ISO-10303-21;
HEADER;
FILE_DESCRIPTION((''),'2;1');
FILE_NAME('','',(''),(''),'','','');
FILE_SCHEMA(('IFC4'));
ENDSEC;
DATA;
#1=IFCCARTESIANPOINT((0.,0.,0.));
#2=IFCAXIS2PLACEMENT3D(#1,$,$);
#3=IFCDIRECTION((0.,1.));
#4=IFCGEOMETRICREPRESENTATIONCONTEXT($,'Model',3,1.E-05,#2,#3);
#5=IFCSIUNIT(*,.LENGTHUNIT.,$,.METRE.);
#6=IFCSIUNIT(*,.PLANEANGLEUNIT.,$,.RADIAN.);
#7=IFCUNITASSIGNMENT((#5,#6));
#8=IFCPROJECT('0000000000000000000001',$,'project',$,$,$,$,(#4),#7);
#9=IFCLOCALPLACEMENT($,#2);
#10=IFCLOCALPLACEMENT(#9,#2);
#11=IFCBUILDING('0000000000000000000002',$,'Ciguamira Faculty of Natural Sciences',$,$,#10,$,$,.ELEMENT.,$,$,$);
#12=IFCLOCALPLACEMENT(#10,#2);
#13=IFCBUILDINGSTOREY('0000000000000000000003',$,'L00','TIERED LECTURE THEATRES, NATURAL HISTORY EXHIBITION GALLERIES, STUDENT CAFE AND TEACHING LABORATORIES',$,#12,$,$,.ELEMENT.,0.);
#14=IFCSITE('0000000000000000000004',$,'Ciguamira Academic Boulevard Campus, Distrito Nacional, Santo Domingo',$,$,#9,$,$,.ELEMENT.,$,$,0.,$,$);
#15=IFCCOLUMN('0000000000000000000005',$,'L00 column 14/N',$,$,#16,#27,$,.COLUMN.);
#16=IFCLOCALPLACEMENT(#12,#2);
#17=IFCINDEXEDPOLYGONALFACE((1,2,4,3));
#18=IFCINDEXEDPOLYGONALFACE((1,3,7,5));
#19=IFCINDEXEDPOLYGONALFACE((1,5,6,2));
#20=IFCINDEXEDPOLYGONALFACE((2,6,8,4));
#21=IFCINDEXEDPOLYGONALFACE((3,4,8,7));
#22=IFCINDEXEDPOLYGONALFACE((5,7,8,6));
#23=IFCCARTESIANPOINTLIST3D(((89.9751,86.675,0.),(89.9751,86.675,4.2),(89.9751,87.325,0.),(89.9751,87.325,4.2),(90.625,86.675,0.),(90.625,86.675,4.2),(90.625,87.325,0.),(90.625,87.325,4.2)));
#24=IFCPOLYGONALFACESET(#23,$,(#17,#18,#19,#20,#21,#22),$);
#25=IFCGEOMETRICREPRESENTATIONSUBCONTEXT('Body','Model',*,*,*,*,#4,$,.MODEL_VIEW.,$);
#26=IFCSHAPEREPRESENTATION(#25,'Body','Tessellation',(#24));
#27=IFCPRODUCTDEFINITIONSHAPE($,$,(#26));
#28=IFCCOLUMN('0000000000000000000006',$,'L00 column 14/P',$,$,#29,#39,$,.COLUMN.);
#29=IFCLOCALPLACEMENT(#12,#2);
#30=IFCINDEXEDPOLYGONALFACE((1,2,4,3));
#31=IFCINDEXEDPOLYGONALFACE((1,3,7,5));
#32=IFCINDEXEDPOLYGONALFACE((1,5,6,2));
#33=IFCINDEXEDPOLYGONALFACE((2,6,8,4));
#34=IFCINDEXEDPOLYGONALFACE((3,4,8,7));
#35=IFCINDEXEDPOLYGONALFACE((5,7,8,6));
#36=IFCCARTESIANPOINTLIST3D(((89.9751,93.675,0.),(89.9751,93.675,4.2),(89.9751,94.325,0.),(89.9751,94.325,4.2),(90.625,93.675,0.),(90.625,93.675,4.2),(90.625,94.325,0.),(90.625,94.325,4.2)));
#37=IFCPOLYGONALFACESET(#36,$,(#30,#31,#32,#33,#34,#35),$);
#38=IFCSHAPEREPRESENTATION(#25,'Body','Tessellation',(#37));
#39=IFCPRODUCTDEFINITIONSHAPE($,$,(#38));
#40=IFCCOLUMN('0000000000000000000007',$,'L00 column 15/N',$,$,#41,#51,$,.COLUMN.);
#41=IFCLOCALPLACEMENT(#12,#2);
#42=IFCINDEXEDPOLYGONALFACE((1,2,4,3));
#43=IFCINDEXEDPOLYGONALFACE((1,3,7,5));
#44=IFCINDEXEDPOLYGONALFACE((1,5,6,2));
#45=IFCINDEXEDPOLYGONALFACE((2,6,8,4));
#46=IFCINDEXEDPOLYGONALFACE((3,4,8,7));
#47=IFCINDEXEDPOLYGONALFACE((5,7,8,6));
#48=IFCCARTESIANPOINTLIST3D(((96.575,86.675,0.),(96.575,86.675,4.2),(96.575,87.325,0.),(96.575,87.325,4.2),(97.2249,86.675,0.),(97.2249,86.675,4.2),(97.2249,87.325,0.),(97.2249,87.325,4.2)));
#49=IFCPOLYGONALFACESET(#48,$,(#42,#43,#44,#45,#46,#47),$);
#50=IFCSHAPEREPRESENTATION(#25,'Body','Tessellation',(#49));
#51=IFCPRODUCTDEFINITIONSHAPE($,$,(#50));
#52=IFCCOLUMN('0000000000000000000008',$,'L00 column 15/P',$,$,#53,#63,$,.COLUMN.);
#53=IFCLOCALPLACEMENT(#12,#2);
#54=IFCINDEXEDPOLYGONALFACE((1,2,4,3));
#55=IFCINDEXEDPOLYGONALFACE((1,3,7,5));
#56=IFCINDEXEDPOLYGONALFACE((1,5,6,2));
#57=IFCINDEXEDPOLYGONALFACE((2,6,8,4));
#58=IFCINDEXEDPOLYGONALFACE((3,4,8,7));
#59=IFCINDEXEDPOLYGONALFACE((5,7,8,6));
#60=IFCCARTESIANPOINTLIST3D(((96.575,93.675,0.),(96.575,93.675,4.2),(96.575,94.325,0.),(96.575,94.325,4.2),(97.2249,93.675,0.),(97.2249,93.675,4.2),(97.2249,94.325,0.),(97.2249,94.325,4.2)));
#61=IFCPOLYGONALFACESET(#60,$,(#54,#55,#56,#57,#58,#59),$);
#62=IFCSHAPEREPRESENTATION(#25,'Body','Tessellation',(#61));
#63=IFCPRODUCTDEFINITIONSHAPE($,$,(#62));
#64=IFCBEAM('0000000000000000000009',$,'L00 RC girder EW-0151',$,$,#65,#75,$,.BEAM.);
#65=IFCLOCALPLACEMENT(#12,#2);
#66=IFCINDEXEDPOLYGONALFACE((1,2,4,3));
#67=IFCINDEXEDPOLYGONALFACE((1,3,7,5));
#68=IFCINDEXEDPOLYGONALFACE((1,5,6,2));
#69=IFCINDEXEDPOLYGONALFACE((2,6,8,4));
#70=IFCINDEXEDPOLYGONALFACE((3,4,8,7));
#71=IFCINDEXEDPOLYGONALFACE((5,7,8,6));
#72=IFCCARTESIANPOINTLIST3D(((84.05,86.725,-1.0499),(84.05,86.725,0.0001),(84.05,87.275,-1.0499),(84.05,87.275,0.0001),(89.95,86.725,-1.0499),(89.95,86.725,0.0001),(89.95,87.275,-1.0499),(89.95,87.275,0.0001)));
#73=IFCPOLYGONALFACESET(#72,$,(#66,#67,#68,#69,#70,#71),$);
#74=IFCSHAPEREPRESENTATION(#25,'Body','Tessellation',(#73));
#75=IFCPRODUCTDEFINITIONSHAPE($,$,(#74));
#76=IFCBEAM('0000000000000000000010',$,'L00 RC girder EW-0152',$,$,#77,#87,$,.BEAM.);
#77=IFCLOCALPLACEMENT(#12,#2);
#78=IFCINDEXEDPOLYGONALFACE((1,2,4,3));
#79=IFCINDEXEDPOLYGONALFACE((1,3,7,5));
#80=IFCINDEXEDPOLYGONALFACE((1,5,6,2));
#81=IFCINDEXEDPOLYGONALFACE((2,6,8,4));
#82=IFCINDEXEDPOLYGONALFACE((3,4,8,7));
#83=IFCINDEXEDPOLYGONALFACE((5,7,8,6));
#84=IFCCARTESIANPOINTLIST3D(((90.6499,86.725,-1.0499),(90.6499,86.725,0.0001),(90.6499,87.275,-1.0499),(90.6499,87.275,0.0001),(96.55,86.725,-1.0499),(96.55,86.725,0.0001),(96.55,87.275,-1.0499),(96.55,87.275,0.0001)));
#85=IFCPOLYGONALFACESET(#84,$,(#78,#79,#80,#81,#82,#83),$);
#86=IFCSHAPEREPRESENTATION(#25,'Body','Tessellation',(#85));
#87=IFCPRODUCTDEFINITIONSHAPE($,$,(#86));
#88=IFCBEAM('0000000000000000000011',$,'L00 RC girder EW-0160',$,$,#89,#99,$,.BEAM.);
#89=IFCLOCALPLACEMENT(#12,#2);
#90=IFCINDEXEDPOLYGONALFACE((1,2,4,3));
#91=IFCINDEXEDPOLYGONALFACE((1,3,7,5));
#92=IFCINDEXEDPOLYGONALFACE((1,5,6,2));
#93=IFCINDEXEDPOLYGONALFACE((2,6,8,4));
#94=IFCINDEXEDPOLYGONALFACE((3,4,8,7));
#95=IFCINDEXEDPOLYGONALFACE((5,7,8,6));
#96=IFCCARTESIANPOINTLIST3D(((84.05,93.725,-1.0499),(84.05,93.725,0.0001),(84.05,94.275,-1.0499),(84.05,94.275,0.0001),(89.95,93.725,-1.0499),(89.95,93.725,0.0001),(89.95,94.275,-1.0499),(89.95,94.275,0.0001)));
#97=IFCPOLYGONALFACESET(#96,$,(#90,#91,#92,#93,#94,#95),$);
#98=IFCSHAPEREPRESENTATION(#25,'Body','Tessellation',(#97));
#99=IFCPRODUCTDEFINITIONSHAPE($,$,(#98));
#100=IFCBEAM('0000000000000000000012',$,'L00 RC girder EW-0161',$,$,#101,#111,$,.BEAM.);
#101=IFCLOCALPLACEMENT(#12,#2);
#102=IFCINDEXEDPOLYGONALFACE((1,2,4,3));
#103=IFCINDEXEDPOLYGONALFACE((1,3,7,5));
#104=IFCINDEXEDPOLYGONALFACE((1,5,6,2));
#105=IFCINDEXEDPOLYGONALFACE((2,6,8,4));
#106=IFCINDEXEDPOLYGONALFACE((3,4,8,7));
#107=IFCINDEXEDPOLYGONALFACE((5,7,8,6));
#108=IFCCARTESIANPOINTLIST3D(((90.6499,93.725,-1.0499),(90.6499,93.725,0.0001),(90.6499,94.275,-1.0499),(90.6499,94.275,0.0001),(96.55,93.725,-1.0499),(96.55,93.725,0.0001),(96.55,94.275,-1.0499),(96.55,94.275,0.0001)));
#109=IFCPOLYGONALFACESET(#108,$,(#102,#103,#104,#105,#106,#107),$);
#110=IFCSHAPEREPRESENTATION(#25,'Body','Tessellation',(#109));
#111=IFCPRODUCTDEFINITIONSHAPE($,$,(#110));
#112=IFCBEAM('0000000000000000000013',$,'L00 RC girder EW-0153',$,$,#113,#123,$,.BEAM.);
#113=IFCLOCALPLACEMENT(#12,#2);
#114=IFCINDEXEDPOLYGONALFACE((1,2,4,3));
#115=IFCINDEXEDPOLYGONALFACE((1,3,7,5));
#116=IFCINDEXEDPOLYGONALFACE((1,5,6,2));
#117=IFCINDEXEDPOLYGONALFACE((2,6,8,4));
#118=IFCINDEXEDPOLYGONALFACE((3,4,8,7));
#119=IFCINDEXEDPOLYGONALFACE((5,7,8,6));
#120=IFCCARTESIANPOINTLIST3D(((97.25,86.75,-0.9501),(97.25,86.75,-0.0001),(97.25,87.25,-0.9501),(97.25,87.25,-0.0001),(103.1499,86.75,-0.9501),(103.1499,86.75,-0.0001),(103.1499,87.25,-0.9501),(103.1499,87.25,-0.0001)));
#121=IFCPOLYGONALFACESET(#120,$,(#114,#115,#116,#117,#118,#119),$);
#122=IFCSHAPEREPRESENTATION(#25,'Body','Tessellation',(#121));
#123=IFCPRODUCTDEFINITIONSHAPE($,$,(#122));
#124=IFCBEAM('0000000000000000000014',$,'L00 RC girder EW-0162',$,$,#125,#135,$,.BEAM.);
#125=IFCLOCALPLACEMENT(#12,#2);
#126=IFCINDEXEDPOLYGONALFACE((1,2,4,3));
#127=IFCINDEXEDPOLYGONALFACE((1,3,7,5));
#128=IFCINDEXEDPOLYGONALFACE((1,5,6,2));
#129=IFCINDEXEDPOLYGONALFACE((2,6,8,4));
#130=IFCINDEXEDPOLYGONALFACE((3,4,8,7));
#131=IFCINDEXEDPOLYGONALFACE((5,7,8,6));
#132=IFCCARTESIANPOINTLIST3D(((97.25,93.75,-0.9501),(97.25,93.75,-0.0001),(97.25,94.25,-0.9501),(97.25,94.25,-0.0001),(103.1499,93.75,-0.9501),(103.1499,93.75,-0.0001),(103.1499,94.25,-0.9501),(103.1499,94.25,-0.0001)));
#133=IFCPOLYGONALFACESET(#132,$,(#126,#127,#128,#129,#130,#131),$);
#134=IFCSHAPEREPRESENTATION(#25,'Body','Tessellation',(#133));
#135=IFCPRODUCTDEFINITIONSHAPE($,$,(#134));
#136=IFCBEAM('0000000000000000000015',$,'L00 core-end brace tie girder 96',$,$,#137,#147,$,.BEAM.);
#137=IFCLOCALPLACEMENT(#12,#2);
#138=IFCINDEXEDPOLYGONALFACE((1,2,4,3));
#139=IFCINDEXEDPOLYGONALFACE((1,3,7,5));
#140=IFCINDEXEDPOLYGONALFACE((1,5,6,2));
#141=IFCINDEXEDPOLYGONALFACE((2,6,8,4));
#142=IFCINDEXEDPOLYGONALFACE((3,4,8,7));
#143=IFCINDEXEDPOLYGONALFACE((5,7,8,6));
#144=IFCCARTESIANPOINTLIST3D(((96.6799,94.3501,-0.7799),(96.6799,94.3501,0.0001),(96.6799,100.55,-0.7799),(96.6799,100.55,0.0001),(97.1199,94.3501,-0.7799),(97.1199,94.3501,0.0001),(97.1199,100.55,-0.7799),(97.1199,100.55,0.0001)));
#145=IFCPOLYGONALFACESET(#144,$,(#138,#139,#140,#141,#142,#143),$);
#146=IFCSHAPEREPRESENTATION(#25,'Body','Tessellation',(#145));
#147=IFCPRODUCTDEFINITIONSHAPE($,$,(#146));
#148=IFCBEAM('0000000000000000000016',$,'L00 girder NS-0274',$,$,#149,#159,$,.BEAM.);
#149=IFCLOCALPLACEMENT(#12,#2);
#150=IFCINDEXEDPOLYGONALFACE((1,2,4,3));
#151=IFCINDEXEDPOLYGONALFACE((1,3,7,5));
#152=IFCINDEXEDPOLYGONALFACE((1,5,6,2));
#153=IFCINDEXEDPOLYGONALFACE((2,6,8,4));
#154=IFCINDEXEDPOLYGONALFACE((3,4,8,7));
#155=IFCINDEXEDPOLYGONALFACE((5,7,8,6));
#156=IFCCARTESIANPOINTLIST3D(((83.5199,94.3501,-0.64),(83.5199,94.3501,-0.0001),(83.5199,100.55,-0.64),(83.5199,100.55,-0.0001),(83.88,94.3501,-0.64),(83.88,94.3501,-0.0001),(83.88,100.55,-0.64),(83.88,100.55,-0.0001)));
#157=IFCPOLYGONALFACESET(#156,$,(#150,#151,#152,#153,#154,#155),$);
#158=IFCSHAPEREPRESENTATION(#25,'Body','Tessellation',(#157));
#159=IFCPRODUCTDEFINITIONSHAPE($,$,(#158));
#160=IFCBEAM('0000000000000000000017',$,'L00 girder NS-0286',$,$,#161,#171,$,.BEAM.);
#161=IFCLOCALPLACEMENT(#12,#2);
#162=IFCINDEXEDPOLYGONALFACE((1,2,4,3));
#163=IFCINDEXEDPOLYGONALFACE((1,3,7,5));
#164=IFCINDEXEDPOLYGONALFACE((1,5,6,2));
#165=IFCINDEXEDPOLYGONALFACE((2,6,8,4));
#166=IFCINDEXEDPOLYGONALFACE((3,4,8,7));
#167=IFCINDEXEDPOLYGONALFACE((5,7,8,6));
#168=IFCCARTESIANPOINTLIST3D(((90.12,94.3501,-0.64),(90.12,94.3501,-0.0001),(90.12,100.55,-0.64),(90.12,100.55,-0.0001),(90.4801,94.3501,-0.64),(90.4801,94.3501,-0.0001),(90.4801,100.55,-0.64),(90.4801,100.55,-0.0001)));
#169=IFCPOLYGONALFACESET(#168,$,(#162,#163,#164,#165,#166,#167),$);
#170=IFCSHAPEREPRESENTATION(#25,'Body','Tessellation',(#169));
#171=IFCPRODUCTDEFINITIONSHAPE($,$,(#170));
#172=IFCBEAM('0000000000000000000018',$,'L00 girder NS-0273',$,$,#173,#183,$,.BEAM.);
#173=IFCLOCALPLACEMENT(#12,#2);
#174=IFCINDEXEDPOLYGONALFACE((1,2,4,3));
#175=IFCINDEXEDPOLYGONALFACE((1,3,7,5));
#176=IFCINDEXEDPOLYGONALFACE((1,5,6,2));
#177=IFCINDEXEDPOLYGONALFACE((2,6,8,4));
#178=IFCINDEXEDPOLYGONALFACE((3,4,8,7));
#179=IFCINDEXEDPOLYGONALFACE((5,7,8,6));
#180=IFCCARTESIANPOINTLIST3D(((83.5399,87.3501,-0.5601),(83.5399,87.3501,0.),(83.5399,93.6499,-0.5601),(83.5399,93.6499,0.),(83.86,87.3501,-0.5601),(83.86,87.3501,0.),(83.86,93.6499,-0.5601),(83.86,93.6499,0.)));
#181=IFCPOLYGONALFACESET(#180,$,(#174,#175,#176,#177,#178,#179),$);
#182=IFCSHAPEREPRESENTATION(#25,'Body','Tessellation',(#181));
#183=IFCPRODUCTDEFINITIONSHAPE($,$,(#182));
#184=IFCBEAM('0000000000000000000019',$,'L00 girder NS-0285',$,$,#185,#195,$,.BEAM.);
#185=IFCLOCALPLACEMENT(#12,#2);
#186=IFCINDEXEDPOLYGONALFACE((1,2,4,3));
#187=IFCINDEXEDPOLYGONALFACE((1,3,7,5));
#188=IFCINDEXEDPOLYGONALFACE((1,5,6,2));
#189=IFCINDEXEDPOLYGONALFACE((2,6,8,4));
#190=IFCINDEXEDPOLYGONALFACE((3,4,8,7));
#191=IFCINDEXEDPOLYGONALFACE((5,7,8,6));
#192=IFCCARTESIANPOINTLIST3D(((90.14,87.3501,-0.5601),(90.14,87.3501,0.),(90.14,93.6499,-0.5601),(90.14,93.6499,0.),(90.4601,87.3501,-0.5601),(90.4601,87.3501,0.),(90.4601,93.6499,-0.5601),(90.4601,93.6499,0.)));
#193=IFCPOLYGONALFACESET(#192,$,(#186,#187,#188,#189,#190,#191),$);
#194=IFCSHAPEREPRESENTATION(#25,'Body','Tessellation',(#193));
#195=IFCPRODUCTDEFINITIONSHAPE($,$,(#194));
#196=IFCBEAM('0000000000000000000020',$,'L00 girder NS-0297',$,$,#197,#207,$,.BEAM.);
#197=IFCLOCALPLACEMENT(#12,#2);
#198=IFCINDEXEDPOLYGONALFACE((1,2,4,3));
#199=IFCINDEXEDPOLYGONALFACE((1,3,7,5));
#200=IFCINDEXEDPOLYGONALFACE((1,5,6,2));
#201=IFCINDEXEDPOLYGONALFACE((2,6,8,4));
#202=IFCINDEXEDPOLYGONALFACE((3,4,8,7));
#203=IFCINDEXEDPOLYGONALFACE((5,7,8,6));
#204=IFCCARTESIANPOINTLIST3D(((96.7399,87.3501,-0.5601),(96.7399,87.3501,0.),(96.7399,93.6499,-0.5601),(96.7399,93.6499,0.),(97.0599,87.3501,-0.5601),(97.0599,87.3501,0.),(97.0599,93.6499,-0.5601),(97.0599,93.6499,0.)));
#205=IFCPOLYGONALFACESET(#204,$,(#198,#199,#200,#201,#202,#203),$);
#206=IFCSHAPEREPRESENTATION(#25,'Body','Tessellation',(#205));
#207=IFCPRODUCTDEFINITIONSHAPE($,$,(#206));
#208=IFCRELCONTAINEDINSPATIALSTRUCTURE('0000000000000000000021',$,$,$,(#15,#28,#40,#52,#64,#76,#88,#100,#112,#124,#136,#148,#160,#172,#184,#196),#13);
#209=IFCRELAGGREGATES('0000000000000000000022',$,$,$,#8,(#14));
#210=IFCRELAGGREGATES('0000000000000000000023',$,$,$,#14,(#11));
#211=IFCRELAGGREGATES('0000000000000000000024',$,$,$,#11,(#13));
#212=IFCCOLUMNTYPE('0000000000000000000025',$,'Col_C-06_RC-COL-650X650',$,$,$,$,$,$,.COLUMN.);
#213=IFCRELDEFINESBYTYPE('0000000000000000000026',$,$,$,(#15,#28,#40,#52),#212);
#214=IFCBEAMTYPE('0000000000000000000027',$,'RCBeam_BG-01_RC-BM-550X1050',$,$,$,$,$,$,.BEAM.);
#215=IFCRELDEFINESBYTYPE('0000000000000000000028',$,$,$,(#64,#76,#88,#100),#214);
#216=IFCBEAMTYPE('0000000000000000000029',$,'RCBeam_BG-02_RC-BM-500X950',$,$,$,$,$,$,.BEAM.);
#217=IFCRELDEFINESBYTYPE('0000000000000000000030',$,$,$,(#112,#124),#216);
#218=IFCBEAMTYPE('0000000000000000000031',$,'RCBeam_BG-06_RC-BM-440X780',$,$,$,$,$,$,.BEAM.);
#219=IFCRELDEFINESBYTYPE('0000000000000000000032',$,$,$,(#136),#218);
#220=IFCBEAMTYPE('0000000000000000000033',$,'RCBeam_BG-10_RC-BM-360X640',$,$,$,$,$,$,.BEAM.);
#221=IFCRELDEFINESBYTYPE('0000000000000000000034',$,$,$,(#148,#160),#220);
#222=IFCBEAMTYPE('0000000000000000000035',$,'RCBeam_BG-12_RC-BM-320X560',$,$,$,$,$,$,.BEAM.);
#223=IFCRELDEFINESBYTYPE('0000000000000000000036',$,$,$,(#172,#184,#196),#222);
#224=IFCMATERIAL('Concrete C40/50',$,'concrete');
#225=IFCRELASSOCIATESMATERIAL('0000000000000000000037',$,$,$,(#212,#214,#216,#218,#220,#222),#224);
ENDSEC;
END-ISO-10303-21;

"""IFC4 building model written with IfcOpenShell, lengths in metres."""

from ifc_helpers import new_model, si_unit, direction, frame, origin, origin_2d, place, context, subcontext, project, spatial, rectangle, extrude, material, material_profile, profile_set, type_object, element, save


model = new_model("IFC4")

# Units and contexts
model_context = context("Model", 3, precision=1e-05, world=origin(), true_north=direction((0.0, 1.0)))
body_context = subcontext(model_context, "Body", "Model", "MODEL_VIEW")
ifc_project = project(units=[si_unit("LENGTHUNIT", "METRE"), si_unit("PLANEANGLEUNIT", "RADIAN")], contexts=[model_context])

# Site, building, storey
site_placement = place(None, origin())
site = spatial("IfcSite", under=ifc_project, at=site_placement, Name="Ciguamira Academic Boulevard Campus, Distrito Nacional, Santo Domingo", CompositionType="ELEMENT", RefElevation=0.0)
building_placement = place(site_placement, origin())
building = spatial("IfcBuilding", under=site, at=building_placement, Name="Ciguamira Faculty of Natural Sciences", CompositionType="ELEMENT")
storey_placement = place(building_placement, origin())
storey = spatial("IfcBuildingStorey", under=building, at=storey_placement, Name="L00", Description="TIERED LECTURE THEATRES, NATURAL HISTORY EXHIBITION GALLERIES, STUDENT CAFE AND TEACHING LABORATORIES", CompositionType="ELEMENT", Elevation=0.0)

# Columns
ifc_material_1 = material(Name="Concrete C40/50", Category="concrete")
ifc_material_profile_1 = material_profile(ifc_material_1, rectangle(XDim=0.6499, YDim=0.6499, at=origin_2d()), Name="RC-COL-650X650")
ifc_profile_set_1 = profile_set([ifc_material_profile_1], Name="Concrete C40/50")
column_type = type_object("IfcColumnType", Name="Col_C-06_RC-COL-650X650", PredefinedType="COLUMN", material=ifc_profile_set_1)
for number, where, z_axis, x_axis, name in (
    (1, (90.3, 87.0, 0.0), (0.0, 0.0, 1.0), (1.0, 0.0, 0.0), "L00 column 14/N"),
    (2, (90.3, 94.0, 0.0), (0.0, 0.0, 1.0), (1.0, 0.0, 0.0), "L00 column 14/P"),
    (3, (96.8999, 87.0, 0.0), (0.0, 0.0, 1.0), (1.0, 0.0, 0.0), "L00 column 15/N"),
    (4, (96.8999, 94.0, 0.0), (0.0, 0.0, 1.0), (1.0, 0.0, 0.0), "L00 column 15/P"),
):
    element("IfcColumn", number, at=place(storey_placement, frame(where, z_axis=z_axis, x_axis=x_axis)), inside=storey, type_object=column_type, Name=name, PredefinedType="COLUMN", context=body_context, shape_type="SweptSolid", body=[
        extrude(rectangle(XDim=0.6499, YDim=0.6499, at=origin_2d()), origin(), (0.0, 0.0, 1.0), 4.2),
    ])

# Beams
ifc_material_profile_2 = material_profile(ifc_material_1, rectangle(XDim=0.55, YDim=1.05, at=origin_2d()), Name="RC-BM-550X1050")
ifc_profile_set_2 = profile_set([ifc_material_profile_2], Name="Concrete C40/50")
beam_type_1 = type_object("IfcBeamType", Name="RCBeam_BG-01_RC-BM-550X1050", PredefinedType="BEAM", material=ifc_profile_set_2)
beam_1_placement = place(storey_placement, frame((84.05, 87.0, -0.5249), z_axis=(1.0, 0.0, 0.0), x_axis=(0.0, 1.0, 0.0)))
element("IfcBeam", 5, at=beam_1_placement, inside=storey, type_object=beam_type_1, Name="L00 RC girder EW-0151", PredefinedType="BEAM", context=body_context, shape_type="SweptSolid", body=[
    extrude(rectangle(XDim=0.55, YDim=1.05, at=origin_2d()), origin(), (0.0, 0.0, 1.0), 5.8999),
])
beam_2_placement = place(storey_placement, frame((90.6499, 87.0, -0.5249), z_axis=(1.0, 0.0, 0.0), x_axis=(0.0, 1.0, 0.0)))
element("IfcBeam", 6, at=beam_2_placement, inside=storey, type_object=beam_type_1, Name="L00 RC girder EW-0152", PredefinedType="BEAM", context=body_context, shape_type="SweptSolid", body=[
    extrude(rectangle(XDim=0.55, YDim=1.05, at=origin_2d()), origin(), (0.0, 0.0, 1.0), 5.9001),
])
beam_3_placement = place(storey_placement, frame((84.05, 94.0, -0.5249), z_axis=(1.0, 0.0, 0.0), x_axis=(0.0, 1.0, 0.0)))
element("IfcBeam", 7, at=beam_3_placement, inside=storey, type_object=beam_type_1, Name="L00 RC girder EW-0160", PredefinedType="BEAM", context=body_context, shape_type="SweptSolid", body=[
    extrude(rectangle(XDim=0.55, YDim=1.05, at=origin_2d()), origin(), (0.0, 0.0, 1.0), 5.8999),
])
beam_4_placement = place(storey_placement, frame((90.6499, 94.0, -0.5249), z_axis=(1.0, 0.0, 0.0), x_axis=(0.0, 1.0, 0.0)))
element("IfcBeam", 8, at=beam_4_placement, inside=storey, type_object=beam_type_1, Name="L00 RC girder EW-0161", PredefinedType="BEAM", context=body_context, shape_type="SweptSolid", body=[
    extrude(rectangle(XDim=0.55, YDim=1.05, at=origin_2d()), origin(), (0.0, 0.0, 1.0), 5.9001),
])
ifc_material_profile_3 = material_profile(ifc_material_1, rectangle(XDim=0.5, YDim=0.95, at=origin_2d()), Name="RC-BM-500X950")
ifc_profile_set_3 = profile_set([ifc_material_profile_3], Name="Concrete C40/50")
beam_type_2 = type_object("IfcBeamType", Name="RCBeam_BG-02_RC-BM-500X950", PredefinedType="BEAM", material=ifc_profile_set_3)
for number, where, z_axis, x_axis, name in (
    (9, (97.25, 87.0, -0.4751), (1.0, 0.0, 0.0), (0.0, 1.0, 0.0), "L00 RC girder EW-0153"),
    (10, (97.25, 94.0, -0.4751), (1.0, 0.0, 0.0), (0.0, 1.0, 0.0), "L00 RC girder EW-0162"),
):
    element("IfcBeam", number, at=place(storey_placement, frame(where, z_axis=z_axis, x_axis=x_axis)), inside=storey, type_object=beam_type_2, Name=name, PredefinedType="BEAM", context=body_context, shape_type="SweptSolid", body=[
        extrude(rectangle(XDim=0.5, YDim=0.95, at=origin_2d()), origin(), (0.0, 0.0, 1.0), 5.8999),
    ])
ifc_material_profile_4 = material_profile(ifc_material_1, rectangle(XDim=0.4399, YDim=0.78, at=origin_2d()), Name="RC-BM-440X780")
ifc_profile_set_4 = profile_set([ifc_material_profile_4], Name="Concrete C40/50")
beam_type_3 = type_object("IfcBeamType", Name="RCBeam_BG-06_RC-BM-440X780", PredefinedType="BEAM", material=ifc_profile_set_4)
beam_5_placement = place(storey_placement, frame((96.8999, 94.3501, -0.3899), z_axis=(0.0, 1.0, 0.0), x_axis=(-1.0, 0.0, 0.0)))
element("IfcBeam", 11, at=beam_5_placement, inside=storey, type_object=beam_type_3, Name="L00 core-end brace tie girder 96", PredefinedType="BEAM", context=body_context, shape_type="SweptSolid", body=[
    extrude(rectangle(XDim=0.4399, YDim=0.78, at=origin_2d()), origin(), (0.0, 0.0, 1.0), 6.2),
])
ifc_material_profile_5 = material_profile(ifc_material_1, rectangle(XDim=0.3601, YDim=0.6399, at=origin_2d()), Name="RC-BM-360X640")
ifc_profile_set_5 = profile_set([ifc_material_profile_5], Name="Concrete C40/50")
beam_type_4 = type_object("IfcBeamType", Name="RCBeam_BG-10_RC-BM-360X640", PredefinedType="BEAM", material=ifc_profile_set_5)
for number, where, z_axis, x_axis, name in (
    (12, (83.7, 94.3501, -0.3201), (0.0, 1.0, 0.0), (-1.0, 0.0, 0.0), "L00 girder NS-0274"),
    (13, (90.3, 94.3501, -0.3201), (0.0, 1.0, 0.0), (-1.0, 0.0, 0.0), "L00 girder NS-0286"),
):
    element("IfcBeam", number, at=place(storey_placement, frame(where, z_axis=z_axis, x_axis=x_axis)), inside=storey, type_object=beam_type_4, Name=name, PredefinedType="BEAM", context=body_context, shape_type="SweptSolid", body=[
        extrude(rectangle(XDim=0.3601, YDim=0.6399, at=origin_2d()), origin(), (0.0, 0.0, 1.0), 6.2),
    ])
ifc_material_profile_6 = material_profile(ifc_material_1, rectangle(XDim=0.3201, YDim=0.5601, at=origin_2d()), Name="RC-BM-320X560")
ifc_profile_set_6 = profile_set([ifc_material_profile_6], Name="Concrete C40/50")
beam_type_5 = type_object("IfcBeamType", Name="RCBeam_BG-12_RC-BM-320X560", PredefinedType="BEAM", material=ifc_profile_set_6)
for number, where, z_axis, x_axis, name in (
    (14, (83.7, 87.3501, -0.28), (0.0, 1.0, 0.0), (-1.0, 0.0, 0.0), "L00 girder NS-0273"),
    (15, (90.3, 87.3501, -0.28), (0.0, 1.0, 0.0), (-1.0, 0.0, 0.0), "L00 girder NS-0285"),
    (16, (96.8999, 87.3501, -0.28), (0.0, 1.0, 0.0), (-1.0, 0.0, 0.0), "L00 girder NS-0297"),
):
    element("IfcBeam", number, at=place(storey_placement, frame(where, z_axis=z_axis, x_axis=x_axis)), inside=storey, type_object=beam_type_5, Name=name, PredefinedType="BEAM", context=body_context, shape_type="SweptSolid", body=[
        extrude(rectangle(XDim=0.3201, YDim=0.5601, at=origin_2d()), origin(), (0.0, 0.0, 1.0), 6.2998),
    ])

save(model, "model.ifc")
